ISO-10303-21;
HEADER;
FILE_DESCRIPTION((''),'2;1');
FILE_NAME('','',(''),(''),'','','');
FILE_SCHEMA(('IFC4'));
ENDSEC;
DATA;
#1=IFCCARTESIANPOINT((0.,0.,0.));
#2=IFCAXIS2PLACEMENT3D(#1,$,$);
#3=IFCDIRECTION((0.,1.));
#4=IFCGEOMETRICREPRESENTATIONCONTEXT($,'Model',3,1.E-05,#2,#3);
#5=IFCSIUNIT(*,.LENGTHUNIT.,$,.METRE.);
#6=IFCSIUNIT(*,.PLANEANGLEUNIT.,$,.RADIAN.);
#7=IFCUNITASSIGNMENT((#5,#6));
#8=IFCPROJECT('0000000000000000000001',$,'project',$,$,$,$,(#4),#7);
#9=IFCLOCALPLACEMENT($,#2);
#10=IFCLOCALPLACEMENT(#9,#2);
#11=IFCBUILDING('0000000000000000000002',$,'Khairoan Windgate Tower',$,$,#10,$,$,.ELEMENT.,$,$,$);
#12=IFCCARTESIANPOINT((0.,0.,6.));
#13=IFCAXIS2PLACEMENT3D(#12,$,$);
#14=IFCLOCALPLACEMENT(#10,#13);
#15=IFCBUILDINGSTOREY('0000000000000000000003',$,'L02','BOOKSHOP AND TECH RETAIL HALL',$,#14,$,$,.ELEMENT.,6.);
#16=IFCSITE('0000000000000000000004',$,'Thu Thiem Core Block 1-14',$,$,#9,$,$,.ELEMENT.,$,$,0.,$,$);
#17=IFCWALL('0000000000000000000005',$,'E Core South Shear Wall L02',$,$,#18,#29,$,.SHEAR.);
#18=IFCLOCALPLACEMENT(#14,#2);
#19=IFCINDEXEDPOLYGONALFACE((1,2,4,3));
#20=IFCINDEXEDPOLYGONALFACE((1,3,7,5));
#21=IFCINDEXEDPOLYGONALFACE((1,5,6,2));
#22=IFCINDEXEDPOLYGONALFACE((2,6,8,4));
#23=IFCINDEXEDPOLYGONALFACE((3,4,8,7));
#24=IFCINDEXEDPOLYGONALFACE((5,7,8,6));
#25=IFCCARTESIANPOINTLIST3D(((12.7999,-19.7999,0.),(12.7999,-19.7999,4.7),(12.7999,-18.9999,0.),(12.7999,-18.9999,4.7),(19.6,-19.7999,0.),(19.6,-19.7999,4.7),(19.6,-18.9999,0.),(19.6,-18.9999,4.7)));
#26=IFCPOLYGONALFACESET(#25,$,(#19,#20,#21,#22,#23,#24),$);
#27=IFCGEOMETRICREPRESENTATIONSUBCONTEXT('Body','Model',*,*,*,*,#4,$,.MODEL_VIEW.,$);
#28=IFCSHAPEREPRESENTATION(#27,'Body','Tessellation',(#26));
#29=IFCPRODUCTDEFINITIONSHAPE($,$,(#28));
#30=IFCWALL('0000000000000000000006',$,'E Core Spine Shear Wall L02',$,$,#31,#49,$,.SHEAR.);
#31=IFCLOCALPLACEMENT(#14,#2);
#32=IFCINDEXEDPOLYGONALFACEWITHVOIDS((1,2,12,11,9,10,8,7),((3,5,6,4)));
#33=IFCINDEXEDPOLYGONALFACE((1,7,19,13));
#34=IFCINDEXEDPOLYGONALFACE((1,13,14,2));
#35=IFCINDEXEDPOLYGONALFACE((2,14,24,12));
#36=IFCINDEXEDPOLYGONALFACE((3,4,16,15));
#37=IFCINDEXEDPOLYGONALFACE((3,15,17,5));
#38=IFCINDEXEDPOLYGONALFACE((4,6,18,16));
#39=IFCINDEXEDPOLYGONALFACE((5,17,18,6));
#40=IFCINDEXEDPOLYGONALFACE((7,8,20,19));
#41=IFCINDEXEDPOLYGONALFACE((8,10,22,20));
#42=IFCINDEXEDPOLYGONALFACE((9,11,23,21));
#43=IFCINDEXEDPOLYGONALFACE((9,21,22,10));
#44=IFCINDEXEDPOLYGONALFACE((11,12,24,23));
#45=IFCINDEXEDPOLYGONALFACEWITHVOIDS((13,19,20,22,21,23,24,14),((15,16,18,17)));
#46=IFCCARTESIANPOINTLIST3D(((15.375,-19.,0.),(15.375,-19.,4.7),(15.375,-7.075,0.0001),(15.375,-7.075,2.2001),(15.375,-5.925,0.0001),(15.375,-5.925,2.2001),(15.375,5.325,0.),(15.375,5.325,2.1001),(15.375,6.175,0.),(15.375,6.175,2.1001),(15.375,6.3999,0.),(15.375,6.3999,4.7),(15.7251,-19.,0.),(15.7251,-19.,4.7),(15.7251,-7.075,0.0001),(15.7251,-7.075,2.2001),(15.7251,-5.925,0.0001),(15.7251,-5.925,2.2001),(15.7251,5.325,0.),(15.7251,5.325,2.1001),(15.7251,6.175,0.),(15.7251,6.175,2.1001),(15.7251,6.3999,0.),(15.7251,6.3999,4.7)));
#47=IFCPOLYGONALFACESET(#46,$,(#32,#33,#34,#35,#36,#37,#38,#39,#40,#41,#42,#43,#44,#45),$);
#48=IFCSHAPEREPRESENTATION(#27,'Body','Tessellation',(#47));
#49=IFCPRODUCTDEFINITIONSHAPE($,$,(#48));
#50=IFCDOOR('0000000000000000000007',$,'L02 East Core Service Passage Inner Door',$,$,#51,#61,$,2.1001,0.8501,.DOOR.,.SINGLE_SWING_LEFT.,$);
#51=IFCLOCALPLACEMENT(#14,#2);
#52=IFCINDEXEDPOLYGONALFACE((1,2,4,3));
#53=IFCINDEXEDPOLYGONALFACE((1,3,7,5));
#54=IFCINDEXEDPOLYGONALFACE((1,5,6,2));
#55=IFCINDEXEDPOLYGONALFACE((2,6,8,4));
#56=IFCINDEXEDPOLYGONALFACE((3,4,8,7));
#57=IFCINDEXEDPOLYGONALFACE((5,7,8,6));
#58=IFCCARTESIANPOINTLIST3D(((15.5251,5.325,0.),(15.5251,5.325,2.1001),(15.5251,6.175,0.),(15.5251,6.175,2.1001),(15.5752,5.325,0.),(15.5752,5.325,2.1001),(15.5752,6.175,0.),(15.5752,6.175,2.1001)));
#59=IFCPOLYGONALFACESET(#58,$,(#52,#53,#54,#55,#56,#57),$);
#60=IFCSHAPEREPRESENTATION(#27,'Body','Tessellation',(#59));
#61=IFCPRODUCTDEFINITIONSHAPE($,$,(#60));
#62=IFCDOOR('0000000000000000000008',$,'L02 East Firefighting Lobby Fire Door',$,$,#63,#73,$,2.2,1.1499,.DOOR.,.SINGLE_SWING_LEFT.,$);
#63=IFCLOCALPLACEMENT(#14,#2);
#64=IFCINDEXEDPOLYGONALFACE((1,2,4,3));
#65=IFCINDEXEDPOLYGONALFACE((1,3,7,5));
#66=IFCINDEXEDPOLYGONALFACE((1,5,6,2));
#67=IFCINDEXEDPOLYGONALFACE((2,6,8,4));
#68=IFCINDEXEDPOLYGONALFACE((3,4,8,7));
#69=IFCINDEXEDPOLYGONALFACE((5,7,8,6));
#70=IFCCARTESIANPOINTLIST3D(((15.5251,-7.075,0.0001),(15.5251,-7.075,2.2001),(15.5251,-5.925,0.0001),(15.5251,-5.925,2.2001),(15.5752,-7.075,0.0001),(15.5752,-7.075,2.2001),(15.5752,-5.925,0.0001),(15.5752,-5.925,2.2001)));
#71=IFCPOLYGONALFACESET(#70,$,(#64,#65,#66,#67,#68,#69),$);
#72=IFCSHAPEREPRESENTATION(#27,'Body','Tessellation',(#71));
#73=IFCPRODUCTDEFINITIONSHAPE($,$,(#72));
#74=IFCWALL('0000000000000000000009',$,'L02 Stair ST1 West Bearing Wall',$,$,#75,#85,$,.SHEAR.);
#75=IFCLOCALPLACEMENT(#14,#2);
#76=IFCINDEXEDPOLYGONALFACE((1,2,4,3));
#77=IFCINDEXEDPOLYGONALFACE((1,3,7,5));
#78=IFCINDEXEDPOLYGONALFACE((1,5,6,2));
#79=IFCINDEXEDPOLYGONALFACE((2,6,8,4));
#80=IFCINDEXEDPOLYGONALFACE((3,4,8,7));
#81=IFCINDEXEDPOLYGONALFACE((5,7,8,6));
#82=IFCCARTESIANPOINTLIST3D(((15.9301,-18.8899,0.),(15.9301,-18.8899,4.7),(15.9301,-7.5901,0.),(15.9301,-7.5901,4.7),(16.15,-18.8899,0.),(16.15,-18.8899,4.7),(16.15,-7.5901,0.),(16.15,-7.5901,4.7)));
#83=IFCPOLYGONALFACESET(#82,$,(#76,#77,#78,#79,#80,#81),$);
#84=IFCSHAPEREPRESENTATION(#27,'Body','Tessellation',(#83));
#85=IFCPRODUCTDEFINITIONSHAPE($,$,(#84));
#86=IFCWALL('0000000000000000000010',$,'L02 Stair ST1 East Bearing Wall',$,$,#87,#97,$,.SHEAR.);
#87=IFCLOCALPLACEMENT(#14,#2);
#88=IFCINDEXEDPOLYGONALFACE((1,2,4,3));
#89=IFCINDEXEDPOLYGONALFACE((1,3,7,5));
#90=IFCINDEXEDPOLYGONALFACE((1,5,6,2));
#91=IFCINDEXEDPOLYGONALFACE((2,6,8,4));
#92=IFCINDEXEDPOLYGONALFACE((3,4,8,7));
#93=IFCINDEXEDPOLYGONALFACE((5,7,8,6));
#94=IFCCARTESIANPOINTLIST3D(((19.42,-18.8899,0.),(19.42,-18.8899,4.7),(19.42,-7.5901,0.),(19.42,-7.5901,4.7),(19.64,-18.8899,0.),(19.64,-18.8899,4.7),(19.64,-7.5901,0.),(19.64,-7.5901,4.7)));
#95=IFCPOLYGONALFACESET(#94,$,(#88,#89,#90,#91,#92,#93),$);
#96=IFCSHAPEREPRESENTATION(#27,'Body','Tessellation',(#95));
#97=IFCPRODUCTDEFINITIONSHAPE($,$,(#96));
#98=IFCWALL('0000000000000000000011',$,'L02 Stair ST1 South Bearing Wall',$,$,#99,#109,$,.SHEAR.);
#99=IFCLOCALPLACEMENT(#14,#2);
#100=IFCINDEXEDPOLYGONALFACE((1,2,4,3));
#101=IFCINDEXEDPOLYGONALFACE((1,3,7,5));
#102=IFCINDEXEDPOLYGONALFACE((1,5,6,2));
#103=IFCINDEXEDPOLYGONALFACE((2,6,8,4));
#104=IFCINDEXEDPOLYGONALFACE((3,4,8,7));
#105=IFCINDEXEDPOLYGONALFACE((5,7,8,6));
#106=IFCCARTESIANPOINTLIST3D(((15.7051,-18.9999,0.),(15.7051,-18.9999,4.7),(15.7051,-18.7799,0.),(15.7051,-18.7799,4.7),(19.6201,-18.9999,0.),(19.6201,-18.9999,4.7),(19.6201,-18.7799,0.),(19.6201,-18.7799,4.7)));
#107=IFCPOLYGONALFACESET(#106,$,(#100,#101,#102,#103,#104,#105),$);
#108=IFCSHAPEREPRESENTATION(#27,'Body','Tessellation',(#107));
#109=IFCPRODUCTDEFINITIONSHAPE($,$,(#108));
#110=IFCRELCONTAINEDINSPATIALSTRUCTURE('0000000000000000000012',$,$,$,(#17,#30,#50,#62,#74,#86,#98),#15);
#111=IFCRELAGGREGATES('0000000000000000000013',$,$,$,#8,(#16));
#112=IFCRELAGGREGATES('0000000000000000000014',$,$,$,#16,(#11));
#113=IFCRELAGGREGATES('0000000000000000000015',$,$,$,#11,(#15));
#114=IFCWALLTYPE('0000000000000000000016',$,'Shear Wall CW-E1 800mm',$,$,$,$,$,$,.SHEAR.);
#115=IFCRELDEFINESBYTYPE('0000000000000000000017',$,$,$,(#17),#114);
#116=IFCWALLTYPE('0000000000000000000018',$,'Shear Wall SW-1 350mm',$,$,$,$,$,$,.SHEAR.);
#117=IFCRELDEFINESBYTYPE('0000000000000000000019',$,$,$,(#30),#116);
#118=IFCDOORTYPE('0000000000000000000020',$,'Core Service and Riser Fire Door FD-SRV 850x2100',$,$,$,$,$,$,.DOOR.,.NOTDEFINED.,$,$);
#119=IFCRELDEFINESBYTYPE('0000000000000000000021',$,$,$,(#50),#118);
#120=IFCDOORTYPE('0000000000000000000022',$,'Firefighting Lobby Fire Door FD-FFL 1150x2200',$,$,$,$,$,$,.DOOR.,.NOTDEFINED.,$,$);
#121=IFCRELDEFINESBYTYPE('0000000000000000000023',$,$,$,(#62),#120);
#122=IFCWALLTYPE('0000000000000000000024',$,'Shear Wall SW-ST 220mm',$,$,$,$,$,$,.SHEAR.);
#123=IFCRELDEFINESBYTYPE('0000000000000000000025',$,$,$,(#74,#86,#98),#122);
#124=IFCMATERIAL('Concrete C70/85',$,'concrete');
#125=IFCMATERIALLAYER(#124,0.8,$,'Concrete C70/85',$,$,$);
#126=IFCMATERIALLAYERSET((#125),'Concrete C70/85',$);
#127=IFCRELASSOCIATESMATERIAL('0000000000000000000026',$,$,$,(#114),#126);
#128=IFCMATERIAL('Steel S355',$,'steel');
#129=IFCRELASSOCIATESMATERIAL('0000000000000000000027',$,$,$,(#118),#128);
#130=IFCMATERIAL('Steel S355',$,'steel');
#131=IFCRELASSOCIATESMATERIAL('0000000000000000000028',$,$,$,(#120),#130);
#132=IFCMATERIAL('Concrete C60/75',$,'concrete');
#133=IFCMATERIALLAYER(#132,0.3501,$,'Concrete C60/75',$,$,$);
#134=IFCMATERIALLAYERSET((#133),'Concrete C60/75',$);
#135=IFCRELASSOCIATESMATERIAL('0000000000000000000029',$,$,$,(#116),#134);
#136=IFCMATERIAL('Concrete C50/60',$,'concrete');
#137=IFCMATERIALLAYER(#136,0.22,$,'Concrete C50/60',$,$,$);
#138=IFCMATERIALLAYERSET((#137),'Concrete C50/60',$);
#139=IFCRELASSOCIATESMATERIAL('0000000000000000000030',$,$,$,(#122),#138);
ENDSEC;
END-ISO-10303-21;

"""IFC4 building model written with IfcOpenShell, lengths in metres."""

from ifc_helpers import new_model, si_unit, direction, frame, frame_2d, origin, place, context, subcontext, project, spatial, rectangle, extrude, material, layer, layer_set, type_object, element, fill, save


model = new_model("IFC4")

# Units and contexts
model_context = context("Model", 3, precision=1e-05, world=origin(), true_north=direction((0.0, 1.0)))
body_context = subcontext(model_context, "Body", "Model", "MODEL_VIEW")
ifc_project = project(units=[si_unit("LENGTHUNIT", "METRE"), si_unit("PLANEANGLEUNIT", "RADIAN")], contexts=[model_context])

# Site, building, storey
site_placement = place(None, origin())
site = spatial("IfcSite", under=ifc_project, at=site_placement, Name="Thu Thiem Core Block 1-14", CompositionType="ELEMENT", RefElevation=0.0)
building_placement = place(site_placement, origin())
building = spatial("IfcBuilding", under=site, at=building_placement, Name="Khairoan Windgate Tower", CompositionType="ELEMENT")
storey_placement = place(building_placement, frame((0.0, 0.0, 6.0)))
storey = spatial("IfcBuildingStorey", under=building, at=storey_placement, Name="L02", Description="BOOKSHOP AND TECH RETAIL HALL", CompositionType="ELEMENT", Elevation=6.0)

# Shared definitions
ifc_material_1 = material(Name="Concrete C70/85", Category="concrete")
ifc_layer_1 = layer(ifc_material_1, 0.8, Name="Concrete C70/85")
ifc_layer_set_1 = layer_set([ifc_layer_1], Name="Concrete C70/85")
wall_type_1 = type_object("IfcWallType", Name="Shear Wall CW-E1 800mm", PredefinedType="SHEAR", material=ifc_layer_set_1)
ifc_material_2 = material(Name="Steel S355", Category="steel")
door_type_1 = type_object("IfcDoorType", Name="Core Service and Riser Fire Door FD-SRV 850x2100", OperationType="NOTDEFINED", PredefinedType="DOOR", material=ifc_material_2)
ifc_material_3 = material(Name="Steel S355", Category="steel")
door_type_2 = type_object("IfcDoorType", Name="Firefighting Lobby Fire Door FD-FFL 1150x2200", OperationType="NOTDEFINED", PredefinedType="DOOR", material=ifc_material_3)

# Wall
wall_1_placement = place(storey_placement, frame((12.8, -19.3999, 0.0), z_axis=(0.0, 0.0, 1.0), x_axis=(1.0, 0.0, 0.0)))
element("IfcWall", 1, at=wall_1_placement, inside=storey, type_object=wall_type_1, Name="E Core South Shear Wall L02", PredefinedType="SHEAR", context=body_context, shape_type="SweptSolid", body=[
    extrude(rectangle(XDim=6.8, YDim=0.8, at=frame_2d((3.3999, 0.0))), origin(), (0.0, 0.0, 1.0), 4.7),
])

# Wall, openings, doors
ifc_material_4 = material(Name="Concrete C60/75", Category="concrete")
ifc_layer_2 = layer(ifc_material_4, 0.3501, Name="Concrete C60/75")
ifc_layer_set_2 = layer_set([ifc_layer_2], Name="Concrete C60/75")
wall_type_2 = type_object("IfcWallType", Name="Shear Wall SW-1 350mm", PredefinedType="SHEAR", material=ifc_layer_set_2)
wall_2_placement = place(storey_placement, frame((15.55, -19.0, 0.0), z_axis=(0.0, 0.0, 1.0), x_axis=(0.0, 1.0, 0.0)))
wall_2 = element("IfcWall", 2, at=wall_2_placement, inside=storey, type_object=wall_type_2, Name="E Core Spine Shear Wall L02", PredefinedType="SHEAR", context=body_context, shape_type="SweptSolid", body=[
    extrude(rectangle(XDim=25.3999, YDim=0.3501, at=frame_2d((12.7, 0.0))), origin(), (0.0, 0.0, 1.0), 4.7),
])
opening_1_placement = place(wall_2_placement, frame((11.925, 0.0, 0.0)))
opening_1 = element("IfcOpeningElement", 3, at=opening_1_placement, cuts=wall_2, PredefinedType="OPENING", context=body_context, shape_type="SweptSolid", body=[
    extrude(rectangle(XDim=1.1499, YDim=2.2, at=frame_2d((0.575, 1.1001))), frame((0.0, 0.1851, 0.0), z_axis=(0.0, -1.0, 0.0), x_axis=(1.0, 0.0, 0.0)), (0.0, 0.0, 1.0), 0.3701),
])
opening_2_placement = place(wall_2_placement, frame((24.325, 0.0, 0.0)))
opening_2 = element("IfcOpeningElement", 4, at=opening_2_placement, cuts=wall_2, PredefinedType="OPENING", context=body_context, shape_type="SweptSolid", body=[
    extrude(rectangle(XDim=0.8501, YDim=2.1001, at=frame_2d((0.425, 1.05))), frame((0.0, 0.1851, 0.0), z_axis=(0.0, -1.0, 0.0), x_axis=(1.0, 0.0, 0.0)), (0.0, 0.0, 1.0), 0.3701),
])
door_1_placement = place(opening_2_placement, origin())
door_1 = element("IfcDoor", 5, at=door_1_placement, inside=storey, type_object=door_type_1, Name="L02 East Core Service Passage Inner Door", OperationType="SINGLE_SWING_LEFT", OverallHeight=2.1001, OverallWidth=0.8501, PredefinedType="DOOR", context=body_context, shape_type="SweptSolid", body=[
    extrude(rectangle(XDim=0.8501, YDim=2.1001, at=frame_2d((0.425, 1.05))), frame((0.0, 0.0249, 0.0), z_axis=(0.0, -1.0, 0.0), x_axis=(1.0, 0.0, 0.0)), (0.0, 0.0, 1.0), 0.05),
])
fill(opening_2, door_1)
door_2_placement = place(opening_1_placement, origin())
door_2 = element("IfcDoor", 6, at=door_2_placement, inside=storey, type_object=door_type_2, Name="L02 East Firefighting Lobby Fire Door", OperationType="SINGLE_SWING_LEFT", OverallHeight=2.2, OverallWidth=1.1499, PredefinedType="DOOR", context=body_context, shape_type="SweptSolid", body=[
    extrude(rectangle(XDim=1.1499, YDim=2.2, at=frame_2d((0.575, 1.1001))), frame((0.0, 0.0249, 0.0), z_axis=(0.0, -1.0, 0.0), x_axis=(1.0, 0.0, 0.0)), (0.0, 0.0, 1.0), 0.05),
])
fill(opening_1, door_2)

# Walls
ifc_material_5 = material(Name="Concrete C50/60", Category="concrete")
ifc_layer_3 = layer(ifc_material_5, 0.22, Name="Concrete C50/60")
ifc_layer_set_3 = layer_set([ifc_layer_3], Name="Concrete C50/60")
wall_type_3 = type_object("IfcWallType", Name="Shear Wall SW-ST 220mm", PredefinedType="SHEAR", material=ifc_layer_set_3)
for number, where, z_axis, x_axis, name in (
    (7, (16.04, -18.8899, 0.0), (0.0, 0.0, 1.0), (0.0, 1.0, 0.0), "L02 Stair ST1 West Bearing Wall"),
    (8, (19.53, -18.8899, 0.0), (0.0, 0.0, 1.0), (0.0, 1.0, 0.0), "L02 Stair ST1 East Bearing Wall"),
):
    element("IfcWall", number, at=place(storey_placement, frame(where, z_axis=z_axis, x_axis=x_axis)), inside=storey, type_object=wall_type_3, Name=name, PredefinedType="SHEAR", context=body_context, shape_type="SweptSolid", body=[
        extrude(rectangle(XDim=11.2998, YDim=0.22, at=frame_2d((5.6499, 0.0))), origin(), (0.0, 0.0, 1.0), 4.7),
    ])
wall_3_placement = place(storey_placement, frame((15.7051, -18.8899, 0.0), z_axis=(0.0, 0.0, 1.0), x_axis=(1.0, 0.0, 0.0)))
element("IfcWall", 9, at=wall_3_placement, inside=storey, type_object=wall_type_3, Name="L02 Stair ST1 South Bearing Wall", PredefinedType="SHEAR", context=body_context, shape_type="SweptSolid", body=[
    extrude(rectangle(XDim=3.915, YDim=0.22, at=frame_2d((1.9575, 0.0))), origin(), (0.0, 0.0, 1.0), 4.7),
])

save(model, "model.ifc")
